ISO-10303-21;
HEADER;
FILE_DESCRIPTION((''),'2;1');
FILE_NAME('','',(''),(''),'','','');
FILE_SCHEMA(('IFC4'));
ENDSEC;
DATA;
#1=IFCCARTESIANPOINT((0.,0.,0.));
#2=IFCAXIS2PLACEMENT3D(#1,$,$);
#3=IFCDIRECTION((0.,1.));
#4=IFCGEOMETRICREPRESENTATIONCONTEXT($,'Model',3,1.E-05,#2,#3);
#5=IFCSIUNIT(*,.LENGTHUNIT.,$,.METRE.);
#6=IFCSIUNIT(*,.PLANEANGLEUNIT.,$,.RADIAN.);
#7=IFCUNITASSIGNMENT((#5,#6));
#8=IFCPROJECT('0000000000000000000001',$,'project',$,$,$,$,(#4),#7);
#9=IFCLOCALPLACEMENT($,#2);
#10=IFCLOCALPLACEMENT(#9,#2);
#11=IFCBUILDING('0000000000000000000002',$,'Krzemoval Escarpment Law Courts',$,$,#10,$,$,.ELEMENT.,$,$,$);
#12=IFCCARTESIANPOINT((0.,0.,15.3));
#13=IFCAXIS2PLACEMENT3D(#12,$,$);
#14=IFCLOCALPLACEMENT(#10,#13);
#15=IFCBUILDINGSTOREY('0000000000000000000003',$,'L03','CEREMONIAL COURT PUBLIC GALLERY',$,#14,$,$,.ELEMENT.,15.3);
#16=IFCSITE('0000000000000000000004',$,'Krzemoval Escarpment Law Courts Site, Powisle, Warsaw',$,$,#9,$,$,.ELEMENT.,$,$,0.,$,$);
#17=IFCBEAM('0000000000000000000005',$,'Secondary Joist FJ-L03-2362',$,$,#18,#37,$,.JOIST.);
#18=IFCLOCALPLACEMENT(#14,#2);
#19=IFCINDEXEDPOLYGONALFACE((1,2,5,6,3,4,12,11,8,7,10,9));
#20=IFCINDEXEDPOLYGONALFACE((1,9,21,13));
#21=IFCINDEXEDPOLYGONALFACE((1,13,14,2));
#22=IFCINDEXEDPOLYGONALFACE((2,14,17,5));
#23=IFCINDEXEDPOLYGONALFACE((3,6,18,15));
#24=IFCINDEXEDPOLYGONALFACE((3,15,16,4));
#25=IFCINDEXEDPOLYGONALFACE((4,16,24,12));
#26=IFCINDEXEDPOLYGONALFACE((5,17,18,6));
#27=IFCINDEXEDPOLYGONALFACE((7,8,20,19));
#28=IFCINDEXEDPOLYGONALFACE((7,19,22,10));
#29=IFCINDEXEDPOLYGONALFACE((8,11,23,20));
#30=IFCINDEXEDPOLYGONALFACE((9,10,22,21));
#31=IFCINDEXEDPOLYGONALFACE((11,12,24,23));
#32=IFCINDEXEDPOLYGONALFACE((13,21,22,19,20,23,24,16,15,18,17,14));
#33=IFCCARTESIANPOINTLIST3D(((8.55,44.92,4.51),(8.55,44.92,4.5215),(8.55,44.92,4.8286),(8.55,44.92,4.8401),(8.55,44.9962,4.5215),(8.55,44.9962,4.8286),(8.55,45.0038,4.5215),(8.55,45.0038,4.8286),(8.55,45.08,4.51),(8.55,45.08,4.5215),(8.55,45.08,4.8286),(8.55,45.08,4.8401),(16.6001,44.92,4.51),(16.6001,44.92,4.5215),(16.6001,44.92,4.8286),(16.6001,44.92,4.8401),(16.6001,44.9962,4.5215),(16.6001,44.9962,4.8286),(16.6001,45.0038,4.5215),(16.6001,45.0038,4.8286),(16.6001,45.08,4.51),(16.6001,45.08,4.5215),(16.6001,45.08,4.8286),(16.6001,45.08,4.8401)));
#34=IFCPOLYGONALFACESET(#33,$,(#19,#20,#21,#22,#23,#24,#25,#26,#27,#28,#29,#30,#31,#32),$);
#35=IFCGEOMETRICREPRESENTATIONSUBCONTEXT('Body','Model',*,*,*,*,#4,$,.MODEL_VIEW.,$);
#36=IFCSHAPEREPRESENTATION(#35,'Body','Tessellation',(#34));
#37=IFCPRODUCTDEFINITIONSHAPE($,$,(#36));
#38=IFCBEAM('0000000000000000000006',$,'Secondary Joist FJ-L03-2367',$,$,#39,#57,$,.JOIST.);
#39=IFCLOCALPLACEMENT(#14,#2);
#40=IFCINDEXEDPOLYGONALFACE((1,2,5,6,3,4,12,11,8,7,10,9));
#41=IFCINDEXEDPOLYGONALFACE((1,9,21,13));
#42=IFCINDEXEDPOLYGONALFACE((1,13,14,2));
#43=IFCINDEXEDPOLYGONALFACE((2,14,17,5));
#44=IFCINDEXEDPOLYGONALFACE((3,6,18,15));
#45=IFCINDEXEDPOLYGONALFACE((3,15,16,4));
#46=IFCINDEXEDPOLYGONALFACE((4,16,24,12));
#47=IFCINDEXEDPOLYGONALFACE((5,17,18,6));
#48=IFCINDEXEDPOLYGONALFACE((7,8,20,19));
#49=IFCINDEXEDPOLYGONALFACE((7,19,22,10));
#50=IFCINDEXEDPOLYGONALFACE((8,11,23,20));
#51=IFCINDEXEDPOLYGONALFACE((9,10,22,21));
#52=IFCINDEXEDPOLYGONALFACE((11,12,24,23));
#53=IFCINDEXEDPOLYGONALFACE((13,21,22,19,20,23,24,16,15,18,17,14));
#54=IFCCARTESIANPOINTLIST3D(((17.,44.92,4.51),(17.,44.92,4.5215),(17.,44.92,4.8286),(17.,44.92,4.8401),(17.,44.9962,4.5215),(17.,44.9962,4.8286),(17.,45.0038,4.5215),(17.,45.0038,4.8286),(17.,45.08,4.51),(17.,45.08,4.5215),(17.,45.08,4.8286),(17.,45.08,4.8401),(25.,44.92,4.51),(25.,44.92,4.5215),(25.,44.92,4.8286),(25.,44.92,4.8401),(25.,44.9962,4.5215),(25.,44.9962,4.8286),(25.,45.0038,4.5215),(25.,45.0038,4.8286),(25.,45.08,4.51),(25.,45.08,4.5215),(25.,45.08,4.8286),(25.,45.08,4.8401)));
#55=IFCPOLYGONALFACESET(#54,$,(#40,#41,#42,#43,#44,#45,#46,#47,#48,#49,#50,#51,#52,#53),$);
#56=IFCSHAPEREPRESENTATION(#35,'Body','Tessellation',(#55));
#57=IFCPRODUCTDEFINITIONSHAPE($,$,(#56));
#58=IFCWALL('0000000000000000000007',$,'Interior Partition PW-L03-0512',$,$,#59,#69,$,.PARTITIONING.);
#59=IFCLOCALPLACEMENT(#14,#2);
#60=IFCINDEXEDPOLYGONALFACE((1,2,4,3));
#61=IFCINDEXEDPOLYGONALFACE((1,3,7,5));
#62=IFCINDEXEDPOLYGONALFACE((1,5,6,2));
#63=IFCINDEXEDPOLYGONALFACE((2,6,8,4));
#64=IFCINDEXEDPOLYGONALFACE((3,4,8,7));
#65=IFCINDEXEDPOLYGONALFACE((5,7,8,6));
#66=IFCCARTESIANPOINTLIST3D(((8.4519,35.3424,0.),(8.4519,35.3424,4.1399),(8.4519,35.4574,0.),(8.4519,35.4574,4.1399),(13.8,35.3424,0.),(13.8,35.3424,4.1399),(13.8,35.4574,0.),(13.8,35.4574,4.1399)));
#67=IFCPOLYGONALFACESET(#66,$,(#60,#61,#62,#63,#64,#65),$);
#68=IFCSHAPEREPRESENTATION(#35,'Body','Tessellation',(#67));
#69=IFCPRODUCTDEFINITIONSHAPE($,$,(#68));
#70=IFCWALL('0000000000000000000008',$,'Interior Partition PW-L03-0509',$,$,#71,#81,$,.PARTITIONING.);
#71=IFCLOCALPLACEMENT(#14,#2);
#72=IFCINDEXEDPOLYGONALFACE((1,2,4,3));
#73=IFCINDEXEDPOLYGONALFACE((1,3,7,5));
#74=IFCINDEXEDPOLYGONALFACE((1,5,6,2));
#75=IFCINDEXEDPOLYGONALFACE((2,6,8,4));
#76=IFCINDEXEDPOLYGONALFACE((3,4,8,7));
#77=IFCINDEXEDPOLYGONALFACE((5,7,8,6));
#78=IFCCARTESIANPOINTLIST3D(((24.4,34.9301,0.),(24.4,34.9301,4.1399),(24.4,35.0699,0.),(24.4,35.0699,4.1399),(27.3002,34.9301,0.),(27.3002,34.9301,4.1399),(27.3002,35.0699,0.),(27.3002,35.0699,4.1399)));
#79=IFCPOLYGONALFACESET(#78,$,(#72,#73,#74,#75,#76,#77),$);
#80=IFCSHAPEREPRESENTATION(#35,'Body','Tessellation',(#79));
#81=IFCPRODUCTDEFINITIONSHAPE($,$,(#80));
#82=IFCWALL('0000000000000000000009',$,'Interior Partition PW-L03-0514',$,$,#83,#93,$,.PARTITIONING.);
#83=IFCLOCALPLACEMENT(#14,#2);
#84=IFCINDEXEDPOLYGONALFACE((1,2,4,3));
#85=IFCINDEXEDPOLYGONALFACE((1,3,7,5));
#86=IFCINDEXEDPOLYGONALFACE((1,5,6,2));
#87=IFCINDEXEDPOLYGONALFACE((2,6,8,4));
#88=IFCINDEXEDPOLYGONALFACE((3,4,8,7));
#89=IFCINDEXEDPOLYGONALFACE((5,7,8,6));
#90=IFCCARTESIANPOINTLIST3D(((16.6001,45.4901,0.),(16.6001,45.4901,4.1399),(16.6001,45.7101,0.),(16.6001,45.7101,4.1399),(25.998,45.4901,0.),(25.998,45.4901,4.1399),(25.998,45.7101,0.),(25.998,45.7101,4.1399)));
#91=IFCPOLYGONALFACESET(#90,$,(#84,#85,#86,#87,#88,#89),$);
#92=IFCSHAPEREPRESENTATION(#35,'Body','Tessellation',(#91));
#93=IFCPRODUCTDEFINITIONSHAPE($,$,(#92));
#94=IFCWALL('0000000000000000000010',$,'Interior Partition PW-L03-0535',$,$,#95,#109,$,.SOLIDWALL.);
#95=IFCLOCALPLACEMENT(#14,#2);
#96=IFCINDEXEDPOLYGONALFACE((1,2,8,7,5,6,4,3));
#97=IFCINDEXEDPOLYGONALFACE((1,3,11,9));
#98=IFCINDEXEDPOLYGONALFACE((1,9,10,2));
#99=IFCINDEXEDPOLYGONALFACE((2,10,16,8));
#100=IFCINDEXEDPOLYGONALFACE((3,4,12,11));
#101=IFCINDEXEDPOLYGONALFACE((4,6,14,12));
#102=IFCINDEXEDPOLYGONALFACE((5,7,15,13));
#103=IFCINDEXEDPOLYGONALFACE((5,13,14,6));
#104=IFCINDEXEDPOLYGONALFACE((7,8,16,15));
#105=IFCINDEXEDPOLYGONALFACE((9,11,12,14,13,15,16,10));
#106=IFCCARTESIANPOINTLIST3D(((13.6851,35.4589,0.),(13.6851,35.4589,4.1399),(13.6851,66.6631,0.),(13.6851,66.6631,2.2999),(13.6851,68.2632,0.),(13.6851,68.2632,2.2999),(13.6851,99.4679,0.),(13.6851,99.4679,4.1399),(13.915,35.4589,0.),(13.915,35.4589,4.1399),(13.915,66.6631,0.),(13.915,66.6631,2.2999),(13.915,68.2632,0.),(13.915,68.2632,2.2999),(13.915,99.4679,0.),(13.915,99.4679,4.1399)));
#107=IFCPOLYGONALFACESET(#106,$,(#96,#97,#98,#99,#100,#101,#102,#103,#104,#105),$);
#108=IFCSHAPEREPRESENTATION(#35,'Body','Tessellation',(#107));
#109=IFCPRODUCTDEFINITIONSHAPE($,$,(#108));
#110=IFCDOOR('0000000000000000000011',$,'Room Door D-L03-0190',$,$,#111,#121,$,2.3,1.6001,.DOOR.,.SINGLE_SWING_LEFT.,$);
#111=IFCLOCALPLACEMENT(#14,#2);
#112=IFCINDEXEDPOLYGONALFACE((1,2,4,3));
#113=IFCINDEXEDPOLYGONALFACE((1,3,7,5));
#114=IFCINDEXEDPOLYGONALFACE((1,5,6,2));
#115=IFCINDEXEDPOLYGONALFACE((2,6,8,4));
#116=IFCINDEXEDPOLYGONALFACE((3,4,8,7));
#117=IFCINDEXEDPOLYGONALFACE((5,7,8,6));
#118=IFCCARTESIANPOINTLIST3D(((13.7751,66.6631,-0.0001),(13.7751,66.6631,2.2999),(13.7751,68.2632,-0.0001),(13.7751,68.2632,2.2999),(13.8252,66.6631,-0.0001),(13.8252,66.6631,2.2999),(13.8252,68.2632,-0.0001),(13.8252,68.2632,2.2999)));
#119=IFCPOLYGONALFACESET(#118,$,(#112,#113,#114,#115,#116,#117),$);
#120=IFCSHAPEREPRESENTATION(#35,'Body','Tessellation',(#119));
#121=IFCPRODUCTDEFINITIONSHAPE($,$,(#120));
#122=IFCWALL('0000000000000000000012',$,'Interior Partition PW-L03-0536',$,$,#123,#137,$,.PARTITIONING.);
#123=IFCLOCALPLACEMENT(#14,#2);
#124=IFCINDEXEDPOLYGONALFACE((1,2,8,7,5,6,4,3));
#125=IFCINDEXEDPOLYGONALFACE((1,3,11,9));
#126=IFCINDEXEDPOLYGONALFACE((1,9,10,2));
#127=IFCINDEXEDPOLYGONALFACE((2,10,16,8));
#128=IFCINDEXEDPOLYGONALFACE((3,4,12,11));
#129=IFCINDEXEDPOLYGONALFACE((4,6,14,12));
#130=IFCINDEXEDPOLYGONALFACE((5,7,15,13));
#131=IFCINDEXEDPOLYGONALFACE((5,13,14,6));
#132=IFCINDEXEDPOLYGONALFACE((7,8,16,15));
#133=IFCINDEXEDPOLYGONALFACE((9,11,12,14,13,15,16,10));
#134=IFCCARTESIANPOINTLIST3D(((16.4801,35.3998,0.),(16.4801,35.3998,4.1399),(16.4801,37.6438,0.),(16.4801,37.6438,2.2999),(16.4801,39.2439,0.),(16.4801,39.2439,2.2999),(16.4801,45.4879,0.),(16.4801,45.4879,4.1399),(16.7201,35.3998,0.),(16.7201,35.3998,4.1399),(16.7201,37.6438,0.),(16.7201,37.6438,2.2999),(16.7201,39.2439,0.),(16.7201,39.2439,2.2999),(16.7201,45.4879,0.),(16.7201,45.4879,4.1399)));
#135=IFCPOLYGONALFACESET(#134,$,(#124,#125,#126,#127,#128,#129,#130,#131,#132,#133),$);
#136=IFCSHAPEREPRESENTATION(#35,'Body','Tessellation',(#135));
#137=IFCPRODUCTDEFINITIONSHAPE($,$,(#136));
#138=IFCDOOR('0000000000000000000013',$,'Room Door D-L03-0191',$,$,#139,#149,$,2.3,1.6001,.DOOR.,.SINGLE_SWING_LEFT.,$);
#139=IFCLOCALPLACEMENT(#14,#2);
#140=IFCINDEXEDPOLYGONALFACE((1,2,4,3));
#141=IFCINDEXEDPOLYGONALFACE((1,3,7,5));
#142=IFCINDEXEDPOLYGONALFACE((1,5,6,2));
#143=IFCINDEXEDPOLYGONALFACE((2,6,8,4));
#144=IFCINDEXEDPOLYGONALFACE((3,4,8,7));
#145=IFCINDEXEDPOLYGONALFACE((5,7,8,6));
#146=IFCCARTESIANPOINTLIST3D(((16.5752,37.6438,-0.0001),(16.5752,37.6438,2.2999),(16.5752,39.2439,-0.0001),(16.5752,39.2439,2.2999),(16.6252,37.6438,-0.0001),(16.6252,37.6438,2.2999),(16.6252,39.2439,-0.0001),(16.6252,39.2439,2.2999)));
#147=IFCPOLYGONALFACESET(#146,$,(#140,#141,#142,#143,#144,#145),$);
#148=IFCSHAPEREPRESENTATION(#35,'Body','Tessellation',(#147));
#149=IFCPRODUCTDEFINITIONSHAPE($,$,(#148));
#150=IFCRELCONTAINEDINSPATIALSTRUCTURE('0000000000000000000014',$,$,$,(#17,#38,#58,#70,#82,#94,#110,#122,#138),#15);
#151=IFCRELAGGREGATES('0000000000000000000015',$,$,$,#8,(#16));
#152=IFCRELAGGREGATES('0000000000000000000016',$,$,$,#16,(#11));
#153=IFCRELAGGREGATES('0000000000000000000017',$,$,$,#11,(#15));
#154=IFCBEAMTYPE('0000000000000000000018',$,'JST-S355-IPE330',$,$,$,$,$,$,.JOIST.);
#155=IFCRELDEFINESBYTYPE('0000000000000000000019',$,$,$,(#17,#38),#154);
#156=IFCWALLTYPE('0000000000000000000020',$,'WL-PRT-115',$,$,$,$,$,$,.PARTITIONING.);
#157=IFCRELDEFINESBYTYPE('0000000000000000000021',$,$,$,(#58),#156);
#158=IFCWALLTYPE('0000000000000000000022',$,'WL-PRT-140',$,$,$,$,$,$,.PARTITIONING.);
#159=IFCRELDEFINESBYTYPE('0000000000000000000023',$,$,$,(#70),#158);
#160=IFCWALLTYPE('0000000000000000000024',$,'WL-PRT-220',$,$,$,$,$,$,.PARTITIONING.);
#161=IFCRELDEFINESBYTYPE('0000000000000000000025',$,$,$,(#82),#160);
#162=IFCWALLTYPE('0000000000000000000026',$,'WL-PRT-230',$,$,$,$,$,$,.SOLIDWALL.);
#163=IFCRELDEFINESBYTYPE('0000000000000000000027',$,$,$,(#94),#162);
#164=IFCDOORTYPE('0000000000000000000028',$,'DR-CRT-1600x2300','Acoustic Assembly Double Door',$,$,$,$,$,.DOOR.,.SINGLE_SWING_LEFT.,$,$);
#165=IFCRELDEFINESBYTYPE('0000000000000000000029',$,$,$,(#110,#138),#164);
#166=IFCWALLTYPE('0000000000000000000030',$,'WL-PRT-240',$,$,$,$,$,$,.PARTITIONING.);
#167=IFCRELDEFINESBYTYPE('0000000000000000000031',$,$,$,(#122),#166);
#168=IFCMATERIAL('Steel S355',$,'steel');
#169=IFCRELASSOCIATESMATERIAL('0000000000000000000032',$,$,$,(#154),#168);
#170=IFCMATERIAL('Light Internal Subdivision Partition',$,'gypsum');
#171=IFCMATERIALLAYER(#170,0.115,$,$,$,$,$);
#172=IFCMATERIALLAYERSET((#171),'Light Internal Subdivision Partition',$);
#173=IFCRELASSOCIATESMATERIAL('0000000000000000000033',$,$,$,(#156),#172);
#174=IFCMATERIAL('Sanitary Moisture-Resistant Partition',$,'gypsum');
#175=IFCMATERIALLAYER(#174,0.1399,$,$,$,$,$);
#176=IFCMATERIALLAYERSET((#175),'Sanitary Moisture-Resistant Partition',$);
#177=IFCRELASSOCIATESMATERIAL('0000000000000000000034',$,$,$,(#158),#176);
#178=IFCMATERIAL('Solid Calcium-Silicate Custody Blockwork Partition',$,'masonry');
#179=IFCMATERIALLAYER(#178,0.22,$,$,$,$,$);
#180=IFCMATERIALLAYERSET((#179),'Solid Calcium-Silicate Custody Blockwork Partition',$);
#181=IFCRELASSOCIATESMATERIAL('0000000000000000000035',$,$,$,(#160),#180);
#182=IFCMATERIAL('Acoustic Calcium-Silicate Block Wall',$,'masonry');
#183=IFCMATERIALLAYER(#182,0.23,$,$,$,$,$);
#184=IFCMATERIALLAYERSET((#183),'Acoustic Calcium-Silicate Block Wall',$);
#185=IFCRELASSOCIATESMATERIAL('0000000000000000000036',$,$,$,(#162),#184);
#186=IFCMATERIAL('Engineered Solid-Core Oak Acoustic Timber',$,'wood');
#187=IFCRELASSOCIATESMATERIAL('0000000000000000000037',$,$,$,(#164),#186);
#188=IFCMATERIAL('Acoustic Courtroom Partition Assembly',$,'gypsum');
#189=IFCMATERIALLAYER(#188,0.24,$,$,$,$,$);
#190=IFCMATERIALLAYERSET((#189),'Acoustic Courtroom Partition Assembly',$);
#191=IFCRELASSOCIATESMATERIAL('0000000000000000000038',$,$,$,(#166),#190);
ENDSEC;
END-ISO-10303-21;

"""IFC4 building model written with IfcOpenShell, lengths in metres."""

from ifc_helpers import new_model, si_unit, direction, frame, frame_2d, origin, origin_2d, place, context, subcontext, project, spatial, rectangle, i_section, extrude, material, layer, layer_set, material_profile, profile_set, type_object, element, fill, save


model = new_model("IFC4")

# Units and contexts
model_context = context("Model", 3, precision=1e-05, world=origin(), true_north=direction((0.0, 1.0)))
body_context = subcontext(model_context, "Body", "Model", "MODEL_VIEW")
ifc_project = project(units=[si_unit("LENGTHUNIT", "METRE"), si_unit("PLANEANGLEUNIT", "RADIAN")], contexts=[model_context])

# Site, building, storey
site_placement = place(None, origin())
site = spatial("IfcSite", under=ifc_project, at=site_placement, Name="Krzemoval Escarpment Law Courts Site, Powisle, Warsaw", CompositionType="ELEMENT", RefElevation=0.0)
building_placement = place(site_placement, origin())
building = spatial("IfcBuilding", under=site, at=building_placement, Name="Krzemoval Escarpment Law Courts", CompositionType="ELEMENT")
storey_placement = place(building_placement, frame((0.0, 0.0, 15.3)))
storey = spatial("IfcBuildingStorey", under=building, at=storey_placement, Name="L03", Description="CEREMONIAL COURT PUBLIC GALLERY", CompositionType="ELEMENT", Elevation=15.3)

# Beams
ifc_material_1 = material(Name="Steel S355", Category="steel")
ifc_material_profile_1 = material_profile(ifc_material_1, i_section(OverallWidth=0.1599, OverallDepth=0.3301, WebThickness=0.0076, FlangeThickness=0.0115, at=origin_2d()), Name="IPE 330")
ifc_profile_set_1 = profile_set([ifc_material_profile_1], Name="Steel S355")
beam_type_1 = type_object("IfcBeamType", Name="JST-S355-IPE330", PredefinedType="JOIST", material=ifc_profile_set_1)
beam_1_placement = place(storey_placement, frame((8.55, 45.0, 4.675), z_axis=(1.0, 0.0, 0.0), x_axis=(0.0, 1.0, 0.0)))
element("IfcBeam", 1, at=beam_1_placement, inside=storey, type_object=beam_type_1, Name="Secondary Joist FJ-L03-2362", PredefinedType="JOIST", context=body_context, shape_type="SweptSolid", body=[
    extrude(i_section(OverallWidth=0.1599, OverallDepth=0.3301, WebThickness=0.0076, FlangeThickness=0.0115, at=origin_2d()), origin(), (0.0, 0.0, 1.0), 8.05),
])
beam_2_placement = place(storey_placement, frame((17.0, 45.0, 4.675), z_axis=(1.0, 0.0, 0.0), x_axis=(0.0, 1.0, 0.0)))
element("IfcBeam", 2, at=beam_2_placement, inside=storey, type_object=beam_type_1, Name="Secondary Joist FJ-L03-2367", PredefinedType="JOIST", context=body_context, shape_type="SweptSolid", body=[
    extrude(i_section(OverallWidth=0.1599, OverallDepth=0.3301, WebThickness=0.0076, FlangeThickness=0.0115, at=origin_2d()), origin(), (0.0, 0.0, 1.0), 8.0),
])

# Walls
ifc_material_2 = material(Name="Light Internal Subdivision Partition", Category="gypsum")
ifc_layer_1 = layer(ifc_material_2, 0.115)
ifc_layer_set_1 = layer_set([ifc_layer_1], Name="Light Internal Subdivision Partition")
wall_type_1 = type_object("IfcWallType", Name="WL-PRT-115", PredefinedType="PARTITIONING", material=ifc_layer_set_1)
wall_1_placement = place(storey_placement, frame((8.4519, 35.3999, 0.0), z_axis=(0.0, 0.0, 1.0), x_axis=(1.0, 0.0, 0.0)))
element("IfcWall", 3, at=wall_1_placement, inside=storey, type_object=wall_type_1, Name="Interior Partition PW-L03-0512", PredefinedType="PARTITIONING", context=body_context, shape_type="SweptSolid", body=[
    extrude(rectangle(XDim=5.3481, YDim=0.115, at=frame_2d((2.6741, 0.0))), origin(), (0.0, 0.0, 1.0), 4.1399),
])
ifc_material_3 = material(Name="Sanitary Moisture-Resistant Partition", Category="gypsum")
ifc_layer_2 = layer(ifc_material_3, 0.1399)
ifc_layer_set_2 = layer_set([ifc_layer_2], Name="Sanitary Moisture-Resistant Partition")
wall_type_2 = type_object("IfcWallType", Name="WL-PRT-140", PredefinedType="PARTITIONING", material=ifc_layer_set_2)
wall_2_placement = place(storey_placement, frame((24.3999, 35.0, 0.0), z_axis=(0.0, 0.0, 1.0), x_axis=(1.0, 0.0, 0.0)))
element("IfcWall", 4, at=wall_2_placement, inside=storey, type_object=wall_type_2, Name="Interior Partition PW-L03-0509", PredefinedType="PARTITIONING", context=body_context, shape_type="SweptSolid", body=[
    extrude(rectangle(XDim=2.9001, YDim=0.1399, at=frame_2d((1.4502, 0.0))), origin(), (0.0, 0.0, 1.0), 4.1399),
])
ifc_material_4 = material(Name="Solid Calcium-Silicate Custody Blockwork Partition", Category="masonry")
ifc_layer_3 = layer(ifc_material_4, 0.22)
ifc_layer_set_3 = layer_set([ifc_layer_3], Name="Solid Calcium-Silicate Custody Blockwork Partition")
wall_type_3 = type_object("IfcWallType", Name="WL-PRT-220", PredefinedType="PARTITIONING", material=ifc_layer_set_3)
wall_3_placement = place(storey_placement, frame((16.6001, 45.6001, 0.0), z_axis=(0.0, 0.0, 1.0), x_axis=(1.0, 0.0, 0.0)))
element("IfcWall", 5, at=wall_3_placement, inside=storey, type_object=wall_type_3, Name="Interior Partition PW-L03-0514", PredefinedType="PARTITIONING", context=body_context, shape_type="SweptSolid", body=[
    extrude(rectangle(XDim=9.3979, YDim=0.22, at=frame_2d((4.699, 0.0))), origin(), (0.0, 0.0, 1.0), 4.1399),
])

# Walls, openings, doors
ifc_material_5 = material(Name="Acoustic Calcium-Silicate Block Wall", Category="masonry")
ifc_layer_4 = layer(ifc_material_5, 0.23)
ifc_layer_set_4 = layer_set([ifc_layer_4], Name="Acoustic Calcium-Silicate Block Wall")
wall_type_4 = type_object("IfcWallType", Name="WL-PRT-230", PredefinedType="SOLIDWALL", material=ifc_layer_set_4)
wall_4_placement = place(storey_placement, frame((13.8, 35.459, 0.0), z_axis=(0.0, 0.0, 1.0), x_axis=(0.0, 1.0, 0.0)))
wall_4 = element("IfcWall", 6, at=wall_4_placement, inside=storey, type_object=wall_type_4, Name="Interior Partition PW-L03-0535", PredefinedType="SOLIDWALL", context=body_context, shape_type="SweptSolid", body=[
    extrude(rectangle(XDim=64.009, YDim=0.23, at=frame_2d((32.0044, 0.0))), origin(), (0.0, 0.0, 1.0), 4.1399),
])
opening_1_placement = place(wall_4_placement, frame((31.2041, 0.0, 0.0)))
opening_1 = element("IfcOpeningElement", 7, at=opening_1_placement, cuts=wall_4, PredefinedType="OPENING", context=body_context, shape_type="SweptSolid", body=[
    extrude(rectangle(XDim=1.6001, YDim=2.3, at=frame_2d((0.8, 1.1499))), frame((0.0, 0.13, 0.0), z_axis=(0.0, -1.0, 0.0), x_axis=(1.0, 0.0, 0.0)), (0.0, 0.0, 1.0), 0.26),
])
ifc_material_6 = material(Name="Engineered Solid-Core Oak Acoustic Timber", Category="wood")
door_type = type_object("IfcDoorType", Name="DR-CRT-1600x2300", Description="Acoustic Assembly Double Door", OperationType="SINGLE_SWING_LEFT", PredefinedType="DOOR", material=ifc_material_6)
door_1_placement = place(opening_1_placement, origin())
door_1 = element("IfcDoor", 8, at=door_1_placement, inside=storey, type_object=door_type, Name="Room Door D-L03-0190", OperationType="SINGLE_SWING_LEFT", OverallHeight=2.3, OverallWidth=1.6001, PredefinedType="DOOR", context=body_context, shape_type="SweptSolid", body=[
    extrude(rectangle(XDim=1.6001, YDim=2.3, at=frame_2d((0.8, 1.1499))), frame((0.0, 0.0249, 0.0), z_axis=(0.0, -1.0, 0.0), x_axis=(1.0, 0.0, 0.0)), (0.0, 0.0, 1.0), 0.05),
])
fill(opening_1, door_1)
ifc_material_7 = material(Name="Acoustic Courtroom Partition Assembly", Category="gypsum")
ifc_layer_5 = layer(ifc_material_7, 0.24)
ifc_layer_set_5 = layer_set([ifc_layer_5], Name="Acoustic Courtroom Partition Assembly")
wall_type_5 = type_object("IfcWallType", Name="WL-PRT-240", PredefinedType="PARTITIONING", material=ifc_layer_set_5)
wall_5_placement = place(storey_placement, frame((16.6001, 35.3999, 0.0), z_axis=(0.0, 0.0, 1.0), x_axis=(0.0, 1.0, 0.0)))
wall_5 = element("IfcWall", 9, at=wall_5_placement, inside=storey, type_object=wall_type_5, Name="Interior Partition PW-L03-0536", PredefinedType="PARTITIONING", context=body_context, shape_type="SweptSolid", body=[
    extrude(rectangle(XDim=10.0881, YDim=0.24, at=frame_2d((5.0439, 0.0))), origin(), (0.0, 0.0, 1.0), 4.1399),
])
opening_2_placement = place(wall_5_placement, frame((2.2439, 0.0, 0.0)))
opening_2 = element("IfcOpeningElement", 10, at=opening_2_placement, cuts=wall_5, PredefinedType="OPENING", context=body_context, shape_type="SweptSolid", body=[
    extrude(rectangle(XDim=1.6001, YDim=2.3, at=frame_2d((0.8, 1.1499))), frame((0.0, 0.135, 0.0), z_axis=(0.0, -1.0, 0.0), x_axis=(1.0, 0.0, 0.0)), (0.0, 0.0, 1.0), 0.27),
])
door_2_placement = place(opening_2_placement, origin())
door_2 = element("IfcDoor", 11, at=door_2_placement, inside=storey, type_object=door_type, Name="Room Door D-L03-0191", OperationType="SINGLE_SWING_LEFT", OverallHeight=2.3, OverallWidth=1.6001, PredefinedType="DOOR", context=body_context, shape_type="SweptSolid", body=[
    extrude(rectangle(XDim=1.6001, YDim=2.3, at=frame_2d((0.8, 1.1499))), frame((0.0, 0.0249, 0.0), z_axis=(0.0, -1.0, 0.0), x_axis=(1.0, 0.0, 0.0)), (0.0, 0.0, 1.0), 0.05),
])
fill(opening_2, door_2)

save(model, "model.ifc")
